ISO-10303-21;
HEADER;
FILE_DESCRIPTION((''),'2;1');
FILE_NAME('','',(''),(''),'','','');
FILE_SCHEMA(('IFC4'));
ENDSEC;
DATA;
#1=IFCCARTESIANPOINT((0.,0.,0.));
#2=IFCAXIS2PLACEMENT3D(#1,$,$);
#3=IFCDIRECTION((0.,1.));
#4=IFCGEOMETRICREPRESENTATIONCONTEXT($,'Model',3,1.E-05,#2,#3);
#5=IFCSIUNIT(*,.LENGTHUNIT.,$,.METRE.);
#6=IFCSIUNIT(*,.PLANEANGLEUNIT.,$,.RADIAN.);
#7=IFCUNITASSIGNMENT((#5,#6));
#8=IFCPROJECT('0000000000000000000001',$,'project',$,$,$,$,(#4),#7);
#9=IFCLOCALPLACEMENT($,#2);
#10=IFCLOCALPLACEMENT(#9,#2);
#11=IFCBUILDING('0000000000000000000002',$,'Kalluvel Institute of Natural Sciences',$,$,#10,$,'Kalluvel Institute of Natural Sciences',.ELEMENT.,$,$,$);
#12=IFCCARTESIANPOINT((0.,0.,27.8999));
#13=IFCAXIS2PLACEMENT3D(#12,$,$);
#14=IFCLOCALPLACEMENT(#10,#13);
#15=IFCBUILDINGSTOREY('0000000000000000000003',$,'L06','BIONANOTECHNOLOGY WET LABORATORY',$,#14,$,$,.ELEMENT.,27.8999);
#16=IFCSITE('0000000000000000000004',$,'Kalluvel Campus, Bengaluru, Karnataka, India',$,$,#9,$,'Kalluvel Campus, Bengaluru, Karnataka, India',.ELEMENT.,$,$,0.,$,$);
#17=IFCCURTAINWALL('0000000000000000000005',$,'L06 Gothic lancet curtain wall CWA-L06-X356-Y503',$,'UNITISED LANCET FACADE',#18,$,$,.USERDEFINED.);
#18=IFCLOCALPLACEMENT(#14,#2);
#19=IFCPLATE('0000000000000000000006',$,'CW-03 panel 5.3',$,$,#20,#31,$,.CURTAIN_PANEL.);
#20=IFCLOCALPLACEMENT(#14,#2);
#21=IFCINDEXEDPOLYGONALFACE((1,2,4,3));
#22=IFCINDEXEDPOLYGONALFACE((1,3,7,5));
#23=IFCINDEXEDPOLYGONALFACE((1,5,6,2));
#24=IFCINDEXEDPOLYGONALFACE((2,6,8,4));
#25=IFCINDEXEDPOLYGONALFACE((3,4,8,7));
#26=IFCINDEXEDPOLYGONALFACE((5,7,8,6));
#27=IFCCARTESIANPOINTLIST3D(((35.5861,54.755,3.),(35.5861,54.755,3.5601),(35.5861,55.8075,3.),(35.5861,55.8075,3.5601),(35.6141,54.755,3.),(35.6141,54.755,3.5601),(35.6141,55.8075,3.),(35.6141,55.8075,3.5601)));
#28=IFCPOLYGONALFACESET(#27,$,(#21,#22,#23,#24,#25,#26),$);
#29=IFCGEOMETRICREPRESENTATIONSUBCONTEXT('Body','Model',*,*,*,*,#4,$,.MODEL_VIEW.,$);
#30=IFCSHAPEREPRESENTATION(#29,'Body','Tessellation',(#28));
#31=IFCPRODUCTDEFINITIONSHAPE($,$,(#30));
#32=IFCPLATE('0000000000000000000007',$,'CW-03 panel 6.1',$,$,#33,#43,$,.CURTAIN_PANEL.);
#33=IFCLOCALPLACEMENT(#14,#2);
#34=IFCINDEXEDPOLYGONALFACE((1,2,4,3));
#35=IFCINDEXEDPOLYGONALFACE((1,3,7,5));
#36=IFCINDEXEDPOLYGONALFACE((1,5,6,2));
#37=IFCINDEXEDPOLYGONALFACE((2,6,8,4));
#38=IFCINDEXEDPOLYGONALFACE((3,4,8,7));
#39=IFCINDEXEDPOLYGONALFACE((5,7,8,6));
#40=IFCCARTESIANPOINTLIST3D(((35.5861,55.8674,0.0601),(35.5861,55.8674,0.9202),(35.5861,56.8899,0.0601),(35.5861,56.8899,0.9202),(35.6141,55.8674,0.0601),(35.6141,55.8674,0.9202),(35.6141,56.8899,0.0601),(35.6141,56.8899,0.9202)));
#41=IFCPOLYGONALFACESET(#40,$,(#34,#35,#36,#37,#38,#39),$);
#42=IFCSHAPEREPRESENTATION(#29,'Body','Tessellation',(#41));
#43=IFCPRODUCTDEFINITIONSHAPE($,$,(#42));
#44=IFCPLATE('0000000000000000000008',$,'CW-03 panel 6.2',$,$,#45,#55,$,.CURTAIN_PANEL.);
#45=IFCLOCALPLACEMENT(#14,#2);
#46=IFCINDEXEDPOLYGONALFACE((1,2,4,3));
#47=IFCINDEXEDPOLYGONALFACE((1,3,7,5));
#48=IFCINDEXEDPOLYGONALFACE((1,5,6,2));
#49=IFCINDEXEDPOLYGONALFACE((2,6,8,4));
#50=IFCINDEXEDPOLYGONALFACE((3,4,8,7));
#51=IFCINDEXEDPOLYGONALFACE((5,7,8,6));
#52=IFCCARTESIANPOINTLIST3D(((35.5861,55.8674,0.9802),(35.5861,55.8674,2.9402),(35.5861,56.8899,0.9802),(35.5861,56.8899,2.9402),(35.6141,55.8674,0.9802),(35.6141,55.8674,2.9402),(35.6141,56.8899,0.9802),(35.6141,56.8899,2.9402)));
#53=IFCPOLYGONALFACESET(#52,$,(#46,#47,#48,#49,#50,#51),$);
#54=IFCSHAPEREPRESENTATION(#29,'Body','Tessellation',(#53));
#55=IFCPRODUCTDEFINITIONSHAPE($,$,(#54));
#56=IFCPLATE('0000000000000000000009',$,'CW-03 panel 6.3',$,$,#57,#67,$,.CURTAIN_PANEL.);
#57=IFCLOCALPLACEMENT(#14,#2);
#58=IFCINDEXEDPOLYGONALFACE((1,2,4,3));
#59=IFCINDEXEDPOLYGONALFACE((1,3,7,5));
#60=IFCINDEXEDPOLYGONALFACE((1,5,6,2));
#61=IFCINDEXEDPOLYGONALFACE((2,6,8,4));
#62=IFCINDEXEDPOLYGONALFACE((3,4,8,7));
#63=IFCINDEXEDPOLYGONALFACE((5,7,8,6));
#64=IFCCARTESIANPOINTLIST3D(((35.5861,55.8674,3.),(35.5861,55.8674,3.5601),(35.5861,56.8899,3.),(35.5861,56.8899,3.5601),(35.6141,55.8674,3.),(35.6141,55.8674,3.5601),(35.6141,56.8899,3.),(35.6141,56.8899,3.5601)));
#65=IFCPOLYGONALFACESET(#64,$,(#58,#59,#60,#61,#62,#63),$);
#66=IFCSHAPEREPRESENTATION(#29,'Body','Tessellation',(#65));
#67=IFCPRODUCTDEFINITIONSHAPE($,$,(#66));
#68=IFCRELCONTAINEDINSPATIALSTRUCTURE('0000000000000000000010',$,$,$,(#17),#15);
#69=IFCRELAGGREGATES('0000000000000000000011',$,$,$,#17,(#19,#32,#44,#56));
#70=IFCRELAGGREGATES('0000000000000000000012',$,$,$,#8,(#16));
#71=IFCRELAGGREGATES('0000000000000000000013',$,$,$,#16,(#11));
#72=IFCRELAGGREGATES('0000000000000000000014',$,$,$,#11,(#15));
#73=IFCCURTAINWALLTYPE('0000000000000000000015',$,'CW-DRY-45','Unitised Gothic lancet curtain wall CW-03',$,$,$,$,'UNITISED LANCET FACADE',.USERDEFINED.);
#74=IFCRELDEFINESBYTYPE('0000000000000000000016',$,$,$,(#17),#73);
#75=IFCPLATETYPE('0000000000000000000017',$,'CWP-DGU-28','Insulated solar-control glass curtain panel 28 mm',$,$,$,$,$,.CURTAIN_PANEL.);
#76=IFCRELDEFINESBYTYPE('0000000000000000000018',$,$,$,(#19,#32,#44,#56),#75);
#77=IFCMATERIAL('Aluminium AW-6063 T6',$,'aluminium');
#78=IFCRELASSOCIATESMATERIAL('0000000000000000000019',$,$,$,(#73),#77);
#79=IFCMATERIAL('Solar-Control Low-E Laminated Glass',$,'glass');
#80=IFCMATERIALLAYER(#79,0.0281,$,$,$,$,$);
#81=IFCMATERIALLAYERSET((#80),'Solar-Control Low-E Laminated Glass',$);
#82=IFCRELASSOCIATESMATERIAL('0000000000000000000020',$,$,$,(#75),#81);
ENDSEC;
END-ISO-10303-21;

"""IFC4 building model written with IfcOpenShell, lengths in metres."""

from ifc_helpers import new_model, si_unit, direction, frame, origin, origin_2d, place, context, subcontext, project, spatial, rectangle, extrude, material, layer, layer_set, type_object, element, aggregate, save


model = new_model("IFC4")

# Units and contexts
model_context = context("Model", 3, precision=1e-05, world=origin(), true_north=direction((0.0, 1.0)))
body_context = subcontext(model_context, "Body", "Model", "MODEL_VIEW")
ifc_project = project(units=[si_unit("LENGTHUNIT", "METRE"), si_unit("PLANEANGLEUNIT", "RADIAN")], contexts=[model_context])

# Site, building, storey
site_placement = place(None, origin())
site = spatial("IfcSite", under=ifc_project, at=site_placement, Name="Kalluvel Campus, Bengaluru, Karnataka, India", LongName="Kalluvel Campus, Bengaluru, Karnataka, India", CompositionType="ELEMENT", RefElevation=0.0)
building_placement = place(site_placement, origin())
building = spatial("IfcBuilding", under=site, at=building_placement, Name="Kalluvel Institute of Natural Sciences", LongName="Kalluvel Institute of Natural Sciences", CompositionType="ELEMENT")
storey_placement = place(building_placement, frame((0.0, 0.0, 27.8999)))
storey = spatial("IfcBuildingStorey", under=building, at=storey_placement, Name="L06", Description="BIONANOTECHNOLOGY WET LABORATORY", CompositionType="ELEMENT", Elevation=27.8999)

# Curtain wall
ifc_material_1 = material(Name="Aluminium AW-6063 T6", Category="aluminium")
curtain_wall_type = type_object("IfcCurtainWallType", Name="CW-DRY-45", Description="Unitised Gothic lancet curtain wall CW-03", ElementType="UNITISED LANCET FACADE", PredefinedType="USERDEFINED", material=ifc_material_1)
curtain_wall_1_placement = place(storey_placement, origin())
curtain_wall_1 = element("IfcCurtainWall", 1, at=curtain_wall_1_placement, inside=storey, type_object=curtain_wall_type, Name="L06 Gothic lancet curtain wall CWA-L06-X356-Y503", ObjectType="UNITISED LANCET FACADE", PredefinedType="USERDEFINED")

# Plates
ifc_material_2 = material(Name="Solar-Control Low-E Laminated Glass", Category="glass")
ifc_layer = layer(ifc_material_2, 0.0281)
ifc_layer_set = layer_set([ifc_layer], Name="Solar-Control Low-E Laminated Glass")
plate_type = type_object("IfcPlateType", Name="CWP-DGU-28", Description="Insulated solar-control glass curtain panel 28 mm", PredefinedType="CURTAIN_PANEL", material=ifc_layer_set)
plate_1_placement = place(storey_placement, frame((35.6001, 55.2812, 3.0), z_axis=(0.0, 0.0, 1.0), x_axis=(0.0, 1.0, 0.0)))
plate_1 = element("IfcPlate", 2, at=plate_1_placement, type_object=plate_type, Name="CW-03 panel 5.3", PredefinedType="CURTAIN_PANEL", context=body_context, shape_type="SweptSolid", body=[
    extrude(rectangle(XDim=1.0525, YDim=0.0281, at=origin_2d()), origin(), (0.0, 0.0, 1.0), 0.5601),
])
plate_2_placement = place(storey_placement, frame((35.6001, 56.3787, 0.0601), z_axis=(0.0, 0.0, 1.0), x_axis=(0.0, 1.0, 0.0)))
plate_2 = element("IfcPlate", 3, at=plate_2_placement, type_object=plate_type, Name="CW-03 panel 6.1", PredefinedType="CURTAIN_PANEL", context=body_context, shape_type="SweptSolid", body=[
    extrude(rectangle(XDim=1.0225, YDim=0.0281, at=origin_2d()), origin(), (0.0, 0.0, 1.0), 0.8601),
])
plate_3_placement = place(storey_placement, frame((35.6001, 56.3787, 0.9802), z_axis=(0.0, 0.0, 1.0), x_axis=(0.0, 1.0, 0.0)))
plate_3 = element("IfcPlate", 4, at=plate_3_placement, type_object=plate_type, Name="CW-03 panel 6.2", PredefinedType="CURTAIN_PANEL", context=body_context, shape_type="SweptSolid", body=[
    extrude(rectangle(XDim=1.0225, YDim=0.0281, at=origin_2d()), origin(), (0.0, 0.0, 1.0), 1.96),
])
plate_4_placement = place(storey_placement, frame((35.6001, 56.3787, 3.0), z_axis=(0.0, 0.0, 1.0), x_axis=(0.0, 1.0, 0.0)))
plate_4 = element("IfcPlate", 5, at=plate_4_placement, type_object=plate_type, Name="CW-03 panel 6.3", PredefinedType="CURTAIN_PANEL", context=body_context, shape_type="SweptSolid", body=[
    extrude(rectangle(XDim=1.0225, YDim=0.0281, at=origin_2d()), origin(), (0.0, 0.0, 1.0), 0.5601),
])
aggregate(curtain_wall_1, [plate_1, plate_2, plate_3, plate_4])

save(model, "model.ifc")
